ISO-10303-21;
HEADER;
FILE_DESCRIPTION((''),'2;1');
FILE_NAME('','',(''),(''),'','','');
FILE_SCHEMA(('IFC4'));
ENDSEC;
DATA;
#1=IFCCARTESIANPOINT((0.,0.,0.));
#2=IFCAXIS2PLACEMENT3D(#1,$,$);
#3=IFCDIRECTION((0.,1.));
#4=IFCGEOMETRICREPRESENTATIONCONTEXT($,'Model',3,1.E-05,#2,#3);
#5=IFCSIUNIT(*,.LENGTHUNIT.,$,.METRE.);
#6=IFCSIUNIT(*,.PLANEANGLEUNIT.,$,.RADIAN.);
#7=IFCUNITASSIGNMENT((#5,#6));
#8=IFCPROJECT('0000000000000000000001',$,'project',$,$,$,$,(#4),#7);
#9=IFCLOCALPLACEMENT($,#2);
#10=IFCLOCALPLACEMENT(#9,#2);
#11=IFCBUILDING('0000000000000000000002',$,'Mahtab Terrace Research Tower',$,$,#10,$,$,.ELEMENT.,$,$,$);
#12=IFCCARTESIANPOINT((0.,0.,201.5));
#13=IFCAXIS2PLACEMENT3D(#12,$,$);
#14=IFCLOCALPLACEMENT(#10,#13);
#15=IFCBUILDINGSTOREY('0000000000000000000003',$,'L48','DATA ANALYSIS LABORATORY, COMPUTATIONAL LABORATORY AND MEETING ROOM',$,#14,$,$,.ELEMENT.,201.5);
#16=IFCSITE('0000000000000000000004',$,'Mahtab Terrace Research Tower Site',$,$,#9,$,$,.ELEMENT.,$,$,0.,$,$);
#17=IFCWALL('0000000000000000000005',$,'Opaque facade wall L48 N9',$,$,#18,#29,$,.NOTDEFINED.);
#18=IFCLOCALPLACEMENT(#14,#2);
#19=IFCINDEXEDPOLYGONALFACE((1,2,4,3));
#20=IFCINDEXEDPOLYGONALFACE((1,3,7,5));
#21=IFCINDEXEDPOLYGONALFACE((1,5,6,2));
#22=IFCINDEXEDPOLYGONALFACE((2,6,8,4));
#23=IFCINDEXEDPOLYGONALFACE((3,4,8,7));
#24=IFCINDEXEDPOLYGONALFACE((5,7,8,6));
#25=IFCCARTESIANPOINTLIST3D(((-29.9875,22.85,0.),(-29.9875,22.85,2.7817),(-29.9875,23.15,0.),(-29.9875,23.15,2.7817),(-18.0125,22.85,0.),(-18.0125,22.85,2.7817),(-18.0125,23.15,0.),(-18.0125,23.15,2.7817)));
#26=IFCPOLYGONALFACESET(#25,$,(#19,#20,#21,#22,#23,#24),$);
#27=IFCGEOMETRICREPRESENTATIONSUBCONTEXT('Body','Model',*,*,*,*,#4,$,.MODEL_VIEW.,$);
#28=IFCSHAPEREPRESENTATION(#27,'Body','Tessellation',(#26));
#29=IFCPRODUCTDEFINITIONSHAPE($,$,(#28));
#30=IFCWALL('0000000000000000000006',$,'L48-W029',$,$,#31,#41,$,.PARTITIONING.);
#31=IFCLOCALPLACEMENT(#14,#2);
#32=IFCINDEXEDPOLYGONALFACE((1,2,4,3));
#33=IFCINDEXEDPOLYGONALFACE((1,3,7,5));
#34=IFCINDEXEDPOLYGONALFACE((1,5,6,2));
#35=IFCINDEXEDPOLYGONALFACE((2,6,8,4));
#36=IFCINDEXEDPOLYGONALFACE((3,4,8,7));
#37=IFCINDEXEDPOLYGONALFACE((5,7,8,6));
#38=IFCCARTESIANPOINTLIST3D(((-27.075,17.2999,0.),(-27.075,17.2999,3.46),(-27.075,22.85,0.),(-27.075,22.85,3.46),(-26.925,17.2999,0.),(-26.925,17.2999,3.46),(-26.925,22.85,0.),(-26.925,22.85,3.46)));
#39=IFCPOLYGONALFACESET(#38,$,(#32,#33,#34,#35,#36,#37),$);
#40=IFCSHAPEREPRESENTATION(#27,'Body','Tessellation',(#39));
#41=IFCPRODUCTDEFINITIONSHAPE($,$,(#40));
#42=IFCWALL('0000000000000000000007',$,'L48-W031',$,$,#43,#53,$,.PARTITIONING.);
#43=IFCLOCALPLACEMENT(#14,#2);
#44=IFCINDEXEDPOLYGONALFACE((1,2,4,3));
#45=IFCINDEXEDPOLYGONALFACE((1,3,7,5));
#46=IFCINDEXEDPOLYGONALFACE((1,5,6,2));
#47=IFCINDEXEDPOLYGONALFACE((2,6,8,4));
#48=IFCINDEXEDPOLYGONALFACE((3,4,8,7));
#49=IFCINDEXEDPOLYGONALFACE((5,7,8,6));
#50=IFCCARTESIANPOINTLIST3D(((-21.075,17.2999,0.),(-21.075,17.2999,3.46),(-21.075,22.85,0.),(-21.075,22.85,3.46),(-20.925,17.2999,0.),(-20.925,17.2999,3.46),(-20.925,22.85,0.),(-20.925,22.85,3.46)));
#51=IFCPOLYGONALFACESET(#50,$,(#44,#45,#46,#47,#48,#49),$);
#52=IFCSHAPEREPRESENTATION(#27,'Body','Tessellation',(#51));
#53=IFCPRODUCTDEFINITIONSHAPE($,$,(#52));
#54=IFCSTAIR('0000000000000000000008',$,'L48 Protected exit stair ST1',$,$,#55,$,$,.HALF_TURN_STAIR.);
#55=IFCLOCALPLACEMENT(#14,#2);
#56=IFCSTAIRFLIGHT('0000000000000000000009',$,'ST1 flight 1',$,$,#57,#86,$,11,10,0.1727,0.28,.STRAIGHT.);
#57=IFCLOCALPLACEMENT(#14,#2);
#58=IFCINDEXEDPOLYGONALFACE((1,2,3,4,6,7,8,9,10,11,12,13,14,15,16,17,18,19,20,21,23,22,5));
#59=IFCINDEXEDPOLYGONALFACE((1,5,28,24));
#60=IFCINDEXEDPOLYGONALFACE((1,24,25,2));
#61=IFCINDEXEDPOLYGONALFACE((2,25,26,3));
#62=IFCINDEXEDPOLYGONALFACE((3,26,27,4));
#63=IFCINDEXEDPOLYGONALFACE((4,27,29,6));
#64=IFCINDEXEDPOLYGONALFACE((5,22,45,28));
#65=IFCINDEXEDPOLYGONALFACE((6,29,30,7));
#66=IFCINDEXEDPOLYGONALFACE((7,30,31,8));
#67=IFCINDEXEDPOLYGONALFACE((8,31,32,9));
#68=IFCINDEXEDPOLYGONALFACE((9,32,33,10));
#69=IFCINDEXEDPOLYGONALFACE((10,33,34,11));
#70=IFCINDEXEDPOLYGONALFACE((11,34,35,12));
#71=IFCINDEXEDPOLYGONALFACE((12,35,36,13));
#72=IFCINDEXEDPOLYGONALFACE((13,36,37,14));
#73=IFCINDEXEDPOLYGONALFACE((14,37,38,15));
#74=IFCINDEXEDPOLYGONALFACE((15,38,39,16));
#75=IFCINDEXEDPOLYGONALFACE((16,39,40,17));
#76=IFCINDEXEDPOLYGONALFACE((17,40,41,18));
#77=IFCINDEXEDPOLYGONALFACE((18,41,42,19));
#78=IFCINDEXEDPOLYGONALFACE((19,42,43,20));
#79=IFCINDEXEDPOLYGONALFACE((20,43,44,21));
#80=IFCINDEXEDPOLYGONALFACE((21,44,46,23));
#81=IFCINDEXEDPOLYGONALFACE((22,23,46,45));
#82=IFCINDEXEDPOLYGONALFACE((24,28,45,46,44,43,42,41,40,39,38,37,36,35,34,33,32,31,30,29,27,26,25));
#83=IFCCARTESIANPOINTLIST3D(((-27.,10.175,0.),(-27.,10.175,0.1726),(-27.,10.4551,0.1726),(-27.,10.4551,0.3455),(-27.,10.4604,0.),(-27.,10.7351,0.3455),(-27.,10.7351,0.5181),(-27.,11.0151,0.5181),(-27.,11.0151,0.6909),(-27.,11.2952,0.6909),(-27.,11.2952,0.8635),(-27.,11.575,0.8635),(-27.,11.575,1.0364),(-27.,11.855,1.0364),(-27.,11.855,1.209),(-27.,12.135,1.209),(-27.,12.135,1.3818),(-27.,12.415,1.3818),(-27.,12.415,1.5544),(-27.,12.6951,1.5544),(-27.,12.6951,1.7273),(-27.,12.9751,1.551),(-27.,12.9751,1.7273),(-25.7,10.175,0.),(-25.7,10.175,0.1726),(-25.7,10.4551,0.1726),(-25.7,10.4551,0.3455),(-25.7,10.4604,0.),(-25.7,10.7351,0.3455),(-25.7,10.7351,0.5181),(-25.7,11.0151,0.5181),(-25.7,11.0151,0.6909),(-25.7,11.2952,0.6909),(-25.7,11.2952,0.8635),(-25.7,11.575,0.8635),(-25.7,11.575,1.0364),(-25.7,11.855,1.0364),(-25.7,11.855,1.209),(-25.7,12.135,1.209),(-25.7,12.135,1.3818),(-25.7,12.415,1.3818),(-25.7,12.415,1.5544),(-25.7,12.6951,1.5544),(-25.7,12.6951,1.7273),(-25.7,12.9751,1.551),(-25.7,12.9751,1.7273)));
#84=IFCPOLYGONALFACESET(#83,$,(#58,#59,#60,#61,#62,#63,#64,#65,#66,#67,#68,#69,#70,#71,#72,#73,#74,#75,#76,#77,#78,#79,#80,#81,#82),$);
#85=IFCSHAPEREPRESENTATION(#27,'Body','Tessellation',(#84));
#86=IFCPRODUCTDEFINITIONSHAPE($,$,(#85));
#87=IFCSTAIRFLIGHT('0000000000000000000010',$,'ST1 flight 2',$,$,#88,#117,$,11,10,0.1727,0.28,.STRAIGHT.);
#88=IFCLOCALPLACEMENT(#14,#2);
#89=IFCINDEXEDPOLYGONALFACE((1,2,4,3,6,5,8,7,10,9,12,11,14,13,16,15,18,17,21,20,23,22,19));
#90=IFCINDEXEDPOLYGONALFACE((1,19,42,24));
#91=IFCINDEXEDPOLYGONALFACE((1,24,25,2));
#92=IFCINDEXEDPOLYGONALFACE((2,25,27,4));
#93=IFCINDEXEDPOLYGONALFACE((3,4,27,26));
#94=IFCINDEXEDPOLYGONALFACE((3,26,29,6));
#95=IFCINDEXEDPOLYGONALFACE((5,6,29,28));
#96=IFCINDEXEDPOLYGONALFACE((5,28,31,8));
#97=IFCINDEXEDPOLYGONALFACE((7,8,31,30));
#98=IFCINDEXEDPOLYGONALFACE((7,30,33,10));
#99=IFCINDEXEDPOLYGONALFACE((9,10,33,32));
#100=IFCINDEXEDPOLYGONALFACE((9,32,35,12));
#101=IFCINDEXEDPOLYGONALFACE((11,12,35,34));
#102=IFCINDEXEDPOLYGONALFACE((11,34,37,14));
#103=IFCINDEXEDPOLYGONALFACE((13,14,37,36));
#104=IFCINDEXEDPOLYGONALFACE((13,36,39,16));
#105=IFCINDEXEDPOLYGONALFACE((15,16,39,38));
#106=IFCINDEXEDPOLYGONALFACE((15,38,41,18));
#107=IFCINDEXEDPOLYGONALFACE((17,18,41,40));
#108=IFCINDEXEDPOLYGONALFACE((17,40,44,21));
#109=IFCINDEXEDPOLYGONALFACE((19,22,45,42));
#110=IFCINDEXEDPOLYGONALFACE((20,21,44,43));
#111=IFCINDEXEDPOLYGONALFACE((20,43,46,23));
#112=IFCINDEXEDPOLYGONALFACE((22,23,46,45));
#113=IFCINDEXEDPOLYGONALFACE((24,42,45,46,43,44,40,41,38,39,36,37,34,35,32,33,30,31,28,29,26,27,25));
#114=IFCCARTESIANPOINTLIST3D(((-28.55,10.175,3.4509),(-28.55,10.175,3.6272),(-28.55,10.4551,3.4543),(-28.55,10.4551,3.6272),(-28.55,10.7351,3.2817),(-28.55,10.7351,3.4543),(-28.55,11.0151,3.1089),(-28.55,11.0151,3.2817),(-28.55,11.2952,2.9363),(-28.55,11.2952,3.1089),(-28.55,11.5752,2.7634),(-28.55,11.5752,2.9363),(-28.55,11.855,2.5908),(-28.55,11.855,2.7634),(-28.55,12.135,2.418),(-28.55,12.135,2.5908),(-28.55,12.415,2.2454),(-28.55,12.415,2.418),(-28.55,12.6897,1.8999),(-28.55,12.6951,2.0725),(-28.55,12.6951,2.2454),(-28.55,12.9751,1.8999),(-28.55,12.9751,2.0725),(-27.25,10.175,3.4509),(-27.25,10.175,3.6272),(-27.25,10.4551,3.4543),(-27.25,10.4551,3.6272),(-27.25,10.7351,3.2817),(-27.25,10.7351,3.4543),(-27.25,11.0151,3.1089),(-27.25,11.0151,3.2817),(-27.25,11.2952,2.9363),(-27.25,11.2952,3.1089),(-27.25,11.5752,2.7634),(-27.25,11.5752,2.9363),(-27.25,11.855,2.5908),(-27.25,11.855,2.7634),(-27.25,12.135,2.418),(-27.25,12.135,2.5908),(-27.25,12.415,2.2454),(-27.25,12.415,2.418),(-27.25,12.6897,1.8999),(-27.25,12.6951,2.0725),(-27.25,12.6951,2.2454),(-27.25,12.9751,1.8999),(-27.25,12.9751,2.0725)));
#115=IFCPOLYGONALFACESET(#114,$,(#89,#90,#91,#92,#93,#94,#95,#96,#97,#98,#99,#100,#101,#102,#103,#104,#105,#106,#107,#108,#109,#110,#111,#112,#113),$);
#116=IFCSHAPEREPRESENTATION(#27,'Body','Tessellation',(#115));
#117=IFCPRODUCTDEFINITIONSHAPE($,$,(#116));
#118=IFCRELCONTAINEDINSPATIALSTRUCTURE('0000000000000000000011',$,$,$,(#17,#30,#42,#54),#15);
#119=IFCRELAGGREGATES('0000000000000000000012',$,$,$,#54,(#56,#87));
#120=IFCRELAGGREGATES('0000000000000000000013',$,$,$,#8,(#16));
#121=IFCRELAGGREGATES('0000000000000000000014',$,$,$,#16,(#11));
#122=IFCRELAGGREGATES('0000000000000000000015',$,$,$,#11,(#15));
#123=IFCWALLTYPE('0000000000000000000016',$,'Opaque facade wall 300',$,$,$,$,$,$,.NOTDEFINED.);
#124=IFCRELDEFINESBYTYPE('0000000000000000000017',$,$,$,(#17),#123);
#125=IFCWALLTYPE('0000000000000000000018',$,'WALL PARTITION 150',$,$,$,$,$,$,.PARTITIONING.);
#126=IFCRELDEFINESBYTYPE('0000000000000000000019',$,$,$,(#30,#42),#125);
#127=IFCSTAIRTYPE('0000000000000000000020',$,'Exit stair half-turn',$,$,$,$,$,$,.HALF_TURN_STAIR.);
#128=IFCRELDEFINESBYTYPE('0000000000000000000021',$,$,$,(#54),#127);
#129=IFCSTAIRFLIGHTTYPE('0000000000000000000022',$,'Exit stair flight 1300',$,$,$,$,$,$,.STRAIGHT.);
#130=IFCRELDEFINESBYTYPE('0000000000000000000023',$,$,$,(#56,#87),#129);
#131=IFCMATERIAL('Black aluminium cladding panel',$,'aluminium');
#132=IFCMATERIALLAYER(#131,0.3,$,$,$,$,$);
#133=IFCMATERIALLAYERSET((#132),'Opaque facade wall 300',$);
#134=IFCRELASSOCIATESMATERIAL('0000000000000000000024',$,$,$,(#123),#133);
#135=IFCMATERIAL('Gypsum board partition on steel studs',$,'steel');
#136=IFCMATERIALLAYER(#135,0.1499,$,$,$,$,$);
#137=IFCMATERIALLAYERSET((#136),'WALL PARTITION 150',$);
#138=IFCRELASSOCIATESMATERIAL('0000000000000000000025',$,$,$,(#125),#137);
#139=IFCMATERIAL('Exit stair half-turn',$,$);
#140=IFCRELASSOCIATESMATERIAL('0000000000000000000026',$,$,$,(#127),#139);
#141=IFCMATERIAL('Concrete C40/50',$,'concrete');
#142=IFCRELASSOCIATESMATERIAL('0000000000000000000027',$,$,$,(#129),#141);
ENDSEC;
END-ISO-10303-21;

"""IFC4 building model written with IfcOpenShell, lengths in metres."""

from ifc_helpers import new_model, si_unit, direction, frame, frame_2d, origin, place, context, subcontext, project, spatial, polyline, rectangle, outline, extrude, material, layer, layer_set, type_object, element, aggregate, save


model = new_model("IFC4")

# Units and contexts
model_context = context("Model", 3, precision=1e-05, world=origin(), true_north=direction((0.0, 1.0)))
body_context = subcontext(model_context, "Body", "Model", "MODEL_VIEW")
ifc_project = project(units=[si_unit("LENGTHUNIT", "METRE"), si_unit("PLANEANGLEUNIT", "RADIAN")], contexts=[model_context])

# Site, building, storey
site_placement = place(None, origin())
site = spatial("IfcSite", under=ifc_project, at=site_placement, Name="Mahtab Terrace Research Tower Site", CompositionType="ELEMENT", RefElevation=0.0)
building_placement = place(site_placement, origin())
building = spatial("IfcBuilding", under=site, at=building_placement, Name="Mahtab Terrace Research Tower", CompositionType="ELEMENT")
storey_placement = place(building_placement, frame((0.0, 0.0, 201.5)))
storey = spatial("IfcBuildingStorey", under=building, at=storey_placement, Name="L48", Description="DATA ANALYSIS LABORATORY, COMPUTATIONAL LABORATORY AND MEETING ROOM", CompositionType="ELEMENT", Elevation=201.5)

# Walls
ifc_material_1 = material(Name="Black aluminium cladding panel", Category="aluminium")
ifc_layer_1 = layer(ifc_material_1, 0.3)
ifc_layer_set_1 = layer_set([ifc_layer_1], Name="Opaque facade wall 300")
wall_type_1 = type_object("IfcWallType", Name="Opaque facade wall 300", PredefinedType="NOTDEFINED", material=ifc_layer_set_1)
wall_1_placement = place(storey_placement, frame((-18.0125, 23.0, 0.0), z_axis=(0.0, 0.0, 1.0), x_axis=(-1.0, 0.0, 0.0)))
element("IfcWall", 1, at=wall_1_placement, inside=storey, type_object=wall_type_1, Name="Opaque facade wall L48 N9", PredefinedType="NOTDEFINED", context=body_context, shape_type="SweptSolid", body=[
    extrude(rectangle(XDim=11.9751, YDim=0.3, at=frame_2d((5.9875, 0.0))), origin(), (0.0, 0.0, 1.0), 2.7817),
])
ifc_material_2 = material(Name="Gypsum board partition on steel studs", Category="steel")
ifc_layer_2 = layer(ifc_material_2, 0.1499)
ifc_layer_set_2 = layer_set([ifc_layer_2], Name="WALL PARTITION 150")
wall_type_2 = type_object("IfcWallType", Name="WALL PARTITION 150", PredefinedType="PARTITIONING", material=ifc_layer_set_2)
for number, where, z_axis, x_axis, name in (
    (2, (-27.0, 17.3, 0.0), (0.0, 0.0, 1.0), (0.0, 1.0, 0.0), "L48-W029"),
    (3, (-21.0, 17.3, 0.0), (0.0, 0.0, 1.0), (0.0, 1.0, 0.0), "L48-W031"),
):
    element("IfcWall", number, at=place(storey_placement, frame(where, z_axis=z_axis, x_axis=x_axis)), inside=storey, type_object=wall_type_2, Name=name, PredefinedType="PARTITIONING", context=body_context, shape_type="SweptSolid", body=[
        extrude(rectangle(XDim=5.55, YDim=0.1499, at=frame_2d((2.7749, 0.0))), origin(), (0.0, 0.0, 1.0), 3.46),
    ])

# Stair, stair flights
ifc_material_3 = material(Name="Exit stair half-turn")
stair_type = type_object("IfcStairType", Name="Exit stair half-turn", PredefinedType="HALF_TURN_STAIR", material=ifc_material_3)
stair_placement = place(storey_placement, origin())
stair = element("IfcStair", 4, at=stair_placement, inside=storey, type_object=stair_type, Name="L48 Protected exit stair ST1", PredefinedType="HALF_TURN_STAIR")
ifc_material_4 = material(Name="Concrete C40/50", Category="concrete")
stair_flight_type = type_object("IfcStairFlightType", Name="Exit stair flight 1300", PredefinedType="STRAIGHT", material=ifc_material_4)
stair_flight_1_placement = place(storey_placement, frame((-26.3501, 10.175, 0.0), z_axis=(0.0, 0.0, 1.0), x_axis=(0.0, 1.0, 0.0)))
stair_flight_1 = element("IfcStairFlight", 5, at=stair_flight_1_placement, type_object=stair_flight_type, Name="ST1 flight 1", NumberOfRisers=11, NumberOfTreads=10, PredefinedType="STRAIGHT", RiserHeight=0.1727, TreadLength=0.28, context=body_context, shape_type="SweptSolid", body=[
    extrude(outline(polyline([(0.0, 0.0), (0.0, 0.1726), (0.28, 0.1726), (0.28, 0.3455), (0.5601, 0.3455), (0.5601, 0.5181), (0.8401, 0.5181), (0.8401, 0.6909), (1.1201, 0.6909), (1.1201, 0.8635), (1.3999, 0.8635), (1.3999, 1.0364), (1.6799, 1.0364), (1.6799, 1.209), (1.96, 1.209), (1.96, 1.3818), (2.24, 1.3818), (2.24, 1.5544), (2.52, 1.5544), (2.52, 1.7273), (2.8, 1.7273), (2.8, 1.8999), (2.8, 1.551), (0.2854, 0.0), (0.0, 0.0)])), frame((0.0, 0.6499, 0.0), z_axis=(0.0, -1.0, 0.0), x_axis=(1.0, 0.0, 0.0)), (0.0, 0.0, 1.0), 1.3),
])
stair_flight_2_placement = place(storey_placement, frame((-27.8999, 12.9751, 1.8999), z_axis=(0.0, 0.0, 1.0), x_axis=(0.0, -1.0, 0.0)))
stair_flight_2 = element("IfcStairFlight", 6, at=stair_flight_2_placement, type_object=stair_flight_type, Name="ST1 flight 2", NumberOfRisers=11, NumberOfTreads=10, PredefinedType="STRAIGHT", RiserHeight=0.1727, TreadLength=0.28, context=body_context, shape_type="SweptSolid", body=[
    extrude(outline(polyline([(0.0, 0.0), (0.0, 0.1726), (0.28, 0.1726), (0.28, 0.3455), (0.5601, 0.3455), (0.5601, 0.5181), (0.8401, 0.5181), (0.8401, 0.6909), (1.1201, 0.6909), (1.1201, 0.8635), (1.3999, 0.8635), (1.3999, 1.0364), (1.6799, 1.0364), (1.6799, 1.209), (1.96, 1.209), (1.96, 1.3818), (2.24, 1.3818), (2.24, 1.5544), (2.52, 1.5544), (2.52, 1.7273), (2.8, 1.7273), (2.8, 1.8999), (2.8, 1.551), (0.2854, 0.0), (0.0, 0.0)])), frame((0.0, 0.6499, 0.0), z_axis=(0.0, -1.0, 0.0), x_axis=(1.0, 0.0, 0.0)), (0.0, 0.0, 1.0), 1.3),
])
aggregate(stair, [stair_flight_1, stair_flight_2])

save(model, "model.ifc")
